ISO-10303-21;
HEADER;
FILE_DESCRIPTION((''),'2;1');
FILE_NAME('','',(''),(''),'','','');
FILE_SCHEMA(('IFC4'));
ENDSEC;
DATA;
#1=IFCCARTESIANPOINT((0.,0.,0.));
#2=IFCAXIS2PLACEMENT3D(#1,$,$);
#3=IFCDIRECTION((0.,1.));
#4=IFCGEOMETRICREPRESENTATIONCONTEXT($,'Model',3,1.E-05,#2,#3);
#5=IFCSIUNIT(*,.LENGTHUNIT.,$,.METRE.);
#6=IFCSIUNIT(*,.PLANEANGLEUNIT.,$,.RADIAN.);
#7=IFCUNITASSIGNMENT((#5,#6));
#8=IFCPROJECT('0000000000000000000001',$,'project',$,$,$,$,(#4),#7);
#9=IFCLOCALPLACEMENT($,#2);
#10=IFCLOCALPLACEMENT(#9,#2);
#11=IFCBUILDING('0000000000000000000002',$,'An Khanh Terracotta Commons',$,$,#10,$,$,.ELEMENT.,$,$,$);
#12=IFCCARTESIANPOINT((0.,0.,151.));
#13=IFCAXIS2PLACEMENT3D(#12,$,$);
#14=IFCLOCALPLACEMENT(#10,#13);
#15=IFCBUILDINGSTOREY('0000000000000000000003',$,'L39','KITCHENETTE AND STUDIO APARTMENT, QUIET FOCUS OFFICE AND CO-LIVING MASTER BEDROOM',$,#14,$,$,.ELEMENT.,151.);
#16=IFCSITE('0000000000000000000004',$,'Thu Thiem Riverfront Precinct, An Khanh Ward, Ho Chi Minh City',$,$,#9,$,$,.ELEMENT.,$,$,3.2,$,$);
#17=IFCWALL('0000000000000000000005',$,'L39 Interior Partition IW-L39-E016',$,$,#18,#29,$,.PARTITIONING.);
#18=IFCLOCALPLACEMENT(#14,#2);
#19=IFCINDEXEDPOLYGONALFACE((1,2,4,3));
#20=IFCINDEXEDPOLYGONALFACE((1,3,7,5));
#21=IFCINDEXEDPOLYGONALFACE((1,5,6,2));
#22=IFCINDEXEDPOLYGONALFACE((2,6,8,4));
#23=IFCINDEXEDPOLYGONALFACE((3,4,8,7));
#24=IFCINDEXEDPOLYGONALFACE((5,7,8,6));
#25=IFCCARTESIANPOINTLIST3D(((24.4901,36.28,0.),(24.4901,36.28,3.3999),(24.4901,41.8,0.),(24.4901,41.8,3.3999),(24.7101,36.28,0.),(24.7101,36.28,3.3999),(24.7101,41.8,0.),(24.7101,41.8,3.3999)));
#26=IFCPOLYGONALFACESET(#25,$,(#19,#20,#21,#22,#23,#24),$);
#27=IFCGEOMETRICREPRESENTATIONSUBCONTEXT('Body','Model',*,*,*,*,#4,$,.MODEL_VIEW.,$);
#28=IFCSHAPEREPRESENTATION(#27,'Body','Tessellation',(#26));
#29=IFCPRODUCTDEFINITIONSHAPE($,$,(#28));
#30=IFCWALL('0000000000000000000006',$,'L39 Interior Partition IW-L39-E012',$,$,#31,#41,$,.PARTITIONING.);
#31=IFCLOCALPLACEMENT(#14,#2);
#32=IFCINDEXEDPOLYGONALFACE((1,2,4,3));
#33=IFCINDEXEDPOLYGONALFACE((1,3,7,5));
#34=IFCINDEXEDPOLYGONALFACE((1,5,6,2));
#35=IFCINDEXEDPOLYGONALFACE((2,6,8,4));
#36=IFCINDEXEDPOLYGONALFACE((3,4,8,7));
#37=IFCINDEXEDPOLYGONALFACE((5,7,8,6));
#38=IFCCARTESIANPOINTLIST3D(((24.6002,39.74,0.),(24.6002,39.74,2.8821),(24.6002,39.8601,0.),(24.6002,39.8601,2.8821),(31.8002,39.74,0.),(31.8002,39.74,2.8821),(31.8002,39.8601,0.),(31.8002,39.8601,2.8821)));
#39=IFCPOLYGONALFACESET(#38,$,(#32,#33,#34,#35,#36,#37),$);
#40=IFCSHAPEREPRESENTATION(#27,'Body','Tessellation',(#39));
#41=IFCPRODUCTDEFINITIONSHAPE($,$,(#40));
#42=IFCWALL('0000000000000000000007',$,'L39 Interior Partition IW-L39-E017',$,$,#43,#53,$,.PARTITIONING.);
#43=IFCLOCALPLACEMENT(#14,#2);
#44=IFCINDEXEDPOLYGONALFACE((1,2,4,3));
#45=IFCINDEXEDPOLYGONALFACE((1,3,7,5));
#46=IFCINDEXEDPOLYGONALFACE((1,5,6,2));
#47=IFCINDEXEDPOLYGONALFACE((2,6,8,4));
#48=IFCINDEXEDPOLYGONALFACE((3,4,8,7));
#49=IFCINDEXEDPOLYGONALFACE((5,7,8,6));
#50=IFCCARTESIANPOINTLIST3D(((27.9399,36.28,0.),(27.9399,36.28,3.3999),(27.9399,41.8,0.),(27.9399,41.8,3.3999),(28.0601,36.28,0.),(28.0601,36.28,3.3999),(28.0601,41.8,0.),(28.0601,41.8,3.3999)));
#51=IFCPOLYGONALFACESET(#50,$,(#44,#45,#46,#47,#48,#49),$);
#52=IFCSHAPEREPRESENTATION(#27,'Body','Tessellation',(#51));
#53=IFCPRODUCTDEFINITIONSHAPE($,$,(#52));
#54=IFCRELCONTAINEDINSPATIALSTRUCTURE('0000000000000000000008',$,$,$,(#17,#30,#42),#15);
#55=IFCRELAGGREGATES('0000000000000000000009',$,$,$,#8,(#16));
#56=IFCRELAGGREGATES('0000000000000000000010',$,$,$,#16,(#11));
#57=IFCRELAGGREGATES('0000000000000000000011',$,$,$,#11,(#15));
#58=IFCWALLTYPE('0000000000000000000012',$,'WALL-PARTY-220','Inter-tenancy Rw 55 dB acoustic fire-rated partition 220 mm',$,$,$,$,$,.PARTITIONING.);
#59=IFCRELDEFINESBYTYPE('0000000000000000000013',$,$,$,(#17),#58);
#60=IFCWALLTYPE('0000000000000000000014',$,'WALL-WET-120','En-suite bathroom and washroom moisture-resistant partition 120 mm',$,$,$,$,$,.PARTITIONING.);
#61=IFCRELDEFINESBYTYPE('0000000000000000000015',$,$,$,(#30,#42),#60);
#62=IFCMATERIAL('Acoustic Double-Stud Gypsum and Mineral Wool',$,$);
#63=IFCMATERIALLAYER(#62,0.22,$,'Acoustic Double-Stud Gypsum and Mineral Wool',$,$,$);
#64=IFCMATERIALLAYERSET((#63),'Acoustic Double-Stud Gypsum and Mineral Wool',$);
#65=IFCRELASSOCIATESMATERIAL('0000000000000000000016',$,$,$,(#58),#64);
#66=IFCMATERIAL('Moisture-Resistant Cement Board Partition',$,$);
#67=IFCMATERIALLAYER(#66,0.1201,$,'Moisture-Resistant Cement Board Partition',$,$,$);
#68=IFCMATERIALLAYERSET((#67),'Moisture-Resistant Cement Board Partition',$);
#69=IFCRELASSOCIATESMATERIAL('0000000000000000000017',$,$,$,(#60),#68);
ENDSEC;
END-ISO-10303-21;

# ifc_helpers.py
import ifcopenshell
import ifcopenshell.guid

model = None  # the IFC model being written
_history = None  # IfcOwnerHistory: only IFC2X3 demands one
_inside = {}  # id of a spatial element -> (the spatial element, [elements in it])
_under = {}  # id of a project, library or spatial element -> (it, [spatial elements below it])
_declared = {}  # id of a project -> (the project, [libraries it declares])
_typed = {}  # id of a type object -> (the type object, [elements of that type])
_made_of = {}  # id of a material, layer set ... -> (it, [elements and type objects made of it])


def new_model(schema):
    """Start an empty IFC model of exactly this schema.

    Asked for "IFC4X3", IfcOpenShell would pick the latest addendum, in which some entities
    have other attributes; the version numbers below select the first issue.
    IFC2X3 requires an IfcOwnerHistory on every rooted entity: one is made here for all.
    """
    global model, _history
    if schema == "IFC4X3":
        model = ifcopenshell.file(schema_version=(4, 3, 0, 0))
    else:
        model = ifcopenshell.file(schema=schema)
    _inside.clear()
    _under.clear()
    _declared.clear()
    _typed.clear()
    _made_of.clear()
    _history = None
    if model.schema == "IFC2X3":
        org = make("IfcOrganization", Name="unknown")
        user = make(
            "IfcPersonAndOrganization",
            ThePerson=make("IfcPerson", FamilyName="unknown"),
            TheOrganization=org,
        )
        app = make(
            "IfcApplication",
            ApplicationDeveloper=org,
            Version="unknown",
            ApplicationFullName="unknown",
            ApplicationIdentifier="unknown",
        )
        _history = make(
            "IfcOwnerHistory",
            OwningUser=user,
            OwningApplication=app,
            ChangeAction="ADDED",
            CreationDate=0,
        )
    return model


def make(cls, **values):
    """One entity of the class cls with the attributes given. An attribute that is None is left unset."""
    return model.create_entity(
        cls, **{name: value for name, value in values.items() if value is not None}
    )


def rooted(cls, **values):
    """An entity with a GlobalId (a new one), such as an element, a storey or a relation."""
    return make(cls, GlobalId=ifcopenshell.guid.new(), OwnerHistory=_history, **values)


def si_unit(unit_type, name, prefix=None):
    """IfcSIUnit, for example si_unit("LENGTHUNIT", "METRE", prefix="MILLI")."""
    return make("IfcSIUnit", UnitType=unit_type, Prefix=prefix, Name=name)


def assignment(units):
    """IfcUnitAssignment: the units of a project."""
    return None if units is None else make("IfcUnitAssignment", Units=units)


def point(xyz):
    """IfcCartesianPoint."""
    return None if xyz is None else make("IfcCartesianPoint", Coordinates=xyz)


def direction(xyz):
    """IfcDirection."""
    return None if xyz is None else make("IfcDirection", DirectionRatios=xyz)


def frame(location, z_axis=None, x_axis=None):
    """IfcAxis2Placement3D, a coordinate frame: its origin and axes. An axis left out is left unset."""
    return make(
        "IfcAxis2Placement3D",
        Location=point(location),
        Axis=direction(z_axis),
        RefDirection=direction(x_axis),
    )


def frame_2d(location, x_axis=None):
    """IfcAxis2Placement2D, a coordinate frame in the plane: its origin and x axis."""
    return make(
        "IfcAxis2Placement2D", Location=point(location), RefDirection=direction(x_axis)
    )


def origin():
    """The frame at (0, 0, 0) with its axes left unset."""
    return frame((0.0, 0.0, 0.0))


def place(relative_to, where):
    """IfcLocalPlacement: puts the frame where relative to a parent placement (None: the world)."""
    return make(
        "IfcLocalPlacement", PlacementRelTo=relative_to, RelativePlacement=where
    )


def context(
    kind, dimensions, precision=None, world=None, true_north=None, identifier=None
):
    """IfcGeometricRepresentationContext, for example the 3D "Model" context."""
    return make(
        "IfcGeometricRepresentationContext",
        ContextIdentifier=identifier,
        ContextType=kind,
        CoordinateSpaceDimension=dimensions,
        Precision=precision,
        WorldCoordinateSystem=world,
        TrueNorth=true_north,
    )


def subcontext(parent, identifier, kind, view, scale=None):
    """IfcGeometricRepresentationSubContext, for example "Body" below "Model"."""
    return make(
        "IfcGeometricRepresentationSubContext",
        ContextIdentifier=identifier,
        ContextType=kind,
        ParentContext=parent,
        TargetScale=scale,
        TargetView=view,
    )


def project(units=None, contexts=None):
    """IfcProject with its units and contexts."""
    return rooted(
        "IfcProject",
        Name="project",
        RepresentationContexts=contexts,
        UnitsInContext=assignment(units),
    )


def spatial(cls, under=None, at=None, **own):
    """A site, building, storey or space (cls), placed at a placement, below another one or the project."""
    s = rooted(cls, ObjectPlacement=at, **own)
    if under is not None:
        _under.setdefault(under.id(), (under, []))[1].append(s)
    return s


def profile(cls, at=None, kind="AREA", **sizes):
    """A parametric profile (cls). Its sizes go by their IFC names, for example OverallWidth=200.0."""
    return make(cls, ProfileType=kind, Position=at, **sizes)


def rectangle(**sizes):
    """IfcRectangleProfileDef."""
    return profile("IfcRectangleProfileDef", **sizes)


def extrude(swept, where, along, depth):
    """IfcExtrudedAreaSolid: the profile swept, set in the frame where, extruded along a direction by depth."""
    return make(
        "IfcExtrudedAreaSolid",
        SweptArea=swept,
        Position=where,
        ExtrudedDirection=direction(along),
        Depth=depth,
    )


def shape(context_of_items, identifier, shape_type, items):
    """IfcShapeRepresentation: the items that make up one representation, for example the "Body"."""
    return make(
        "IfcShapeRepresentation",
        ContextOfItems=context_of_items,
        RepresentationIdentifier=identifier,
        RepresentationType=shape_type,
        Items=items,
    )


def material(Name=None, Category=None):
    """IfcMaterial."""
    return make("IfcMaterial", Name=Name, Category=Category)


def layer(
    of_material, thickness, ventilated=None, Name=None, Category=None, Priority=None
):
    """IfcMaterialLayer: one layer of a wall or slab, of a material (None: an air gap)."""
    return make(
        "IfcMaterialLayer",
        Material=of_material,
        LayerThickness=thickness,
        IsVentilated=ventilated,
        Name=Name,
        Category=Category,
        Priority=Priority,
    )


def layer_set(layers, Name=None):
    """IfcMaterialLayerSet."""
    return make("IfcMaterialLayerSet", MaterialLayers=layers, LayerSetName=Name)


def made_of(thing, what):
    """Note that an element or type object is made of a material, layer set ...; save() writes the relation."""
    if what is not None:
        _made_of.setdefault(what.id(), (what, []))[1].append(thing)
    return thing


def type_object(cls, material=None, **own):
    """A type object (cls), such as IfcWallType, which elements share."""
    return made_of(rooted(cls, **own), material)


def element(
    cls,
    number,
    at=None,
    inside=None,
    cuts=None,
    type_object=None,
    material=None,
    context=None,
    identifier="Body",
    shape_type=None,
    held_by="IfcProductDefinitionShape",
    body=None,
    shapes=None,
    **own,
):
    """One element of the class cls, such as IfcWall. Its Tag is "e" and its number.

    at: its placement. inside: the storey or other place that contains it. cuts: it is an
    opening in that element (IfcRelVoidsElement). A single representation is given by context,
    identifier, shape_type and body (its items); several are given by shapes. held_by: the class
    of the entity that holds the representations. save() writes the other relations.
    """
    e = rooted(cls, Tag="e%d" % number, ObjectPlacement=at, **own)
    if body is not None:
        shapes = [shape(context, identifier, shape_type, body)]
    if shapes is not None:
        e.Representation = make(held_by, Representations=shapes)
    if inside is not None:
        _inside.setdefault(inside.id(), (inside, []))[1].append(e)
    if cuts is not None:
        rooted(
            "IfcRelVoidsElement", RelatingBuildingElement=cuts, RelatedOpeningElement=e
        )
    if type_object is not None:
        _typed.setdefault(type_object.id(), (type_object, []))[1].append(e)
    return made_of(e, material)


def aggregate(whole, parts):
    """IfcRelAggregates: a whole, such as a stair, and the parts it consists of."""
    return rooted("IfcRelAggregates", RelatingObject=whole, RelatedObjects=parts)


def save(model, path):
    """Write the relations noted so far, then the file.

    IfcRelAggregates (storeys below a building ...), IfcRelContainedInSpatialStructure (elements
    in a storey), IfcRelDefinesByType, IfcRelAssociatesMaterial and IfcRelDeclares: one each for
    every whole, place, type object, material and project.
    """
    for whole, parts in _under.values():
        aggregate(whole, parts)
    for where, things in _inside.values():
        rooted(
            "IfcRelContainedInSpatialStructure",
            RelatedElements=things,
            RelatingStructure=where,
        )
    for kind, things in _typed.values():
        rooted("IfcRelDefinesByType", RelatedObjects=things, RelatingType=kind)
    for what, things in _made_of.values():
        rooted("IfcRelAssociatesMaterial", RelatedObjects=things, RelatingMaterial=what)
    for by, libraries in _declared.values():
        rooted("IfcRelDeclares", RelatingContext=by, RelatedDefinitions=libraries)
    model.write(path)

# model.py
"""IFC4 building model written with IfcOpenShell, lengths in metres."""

from ifc_helpers import new_model, si_unit, direction, frame, frame_2d, origin, place, context, subcontext, project, spatial, rectangle, extrude, material, layer, layer_set, type_object, element, save


model = new_model("IFC4")

# Units and contexts
model_context = context("Model", 3, precision=1e-05, world=origin(), true_north=direction((0.0, 1.0)))
body_context = subcontext(model_context, "Body", "Model", "MODEL_VIEW")
ifc_project = project(units=[si_unit("LENGTHUNIT", "METRE"), si_unit("PLANEANGLEUNIT", "RADIAN")], contexts=[model_context])

# Site, building, storey
site_placement = place(None, origin())
site = spatial("IfcSite", under=ifc_project, at=site_placement, Name="Thu Thiem Riverfront Precinct, An Khanh Ward, Ho Chi Minh City", CompositionType="ELEMENT", RefElevation=3.2)
building_placement = place(site_placement, origin())
building = spatial("IfcBuilding", under=site, at=building_placement, Name="An Khanh Terracotta Commons", CompositionType="ELEMENT")
storey_placement = place(building_placement, frame((0.0, 0.0, 151.0)))
storey = spatial("IfcBuildingStorey", under=building, at=storey_placement, Name="L39", Description="KITCHENETTE AND STUDIO APARTMENT, QUIET FOCUS OFFICE AND CO-LIVING MASTER BEDROOM", CompositionType="ELEMENT", Elevation=151.0)

# Shared definitions
ifc_material_1 = material(Name="Acoustic Double-Stud Gypsum and Mineral Wool")
ifc_layer_1 = layer(ifc_material_1, 0.22, Name="Acoustic Double-Stud Gypsum and Mineral Wool")
ifc_layer_set_1 = layer_set([ifc_layer_1], Name="Acoustic Double-Stud Gypsum and Mineral Wool")
wall_type_1 = type_object("IfcWallType", Name="WALL-PARTY-220", Description="Inter-tenancy Rw 55 dB acoustic fire-rated partition 220 mm", PredefinedType="PARTITIONING", material=ifc_layer_set_1)

# Walls
wall_1_placement = place(storey_placement, frame((24.6001, 36.28, 0.0), z_axis=(0.0, 0.0, 1.0), x_axis=(0.0, 1.0, 0.0)))
element("IfcWall", 1, at=wall_1_placement, inside=storey, type_object=wall_type_1, Name="L39 Interior Partition IW-L39-E016", PredefinedType="PARTITIONING", context=body_context, shape_type="SweptSolid", body=[
    extrude(rectangle(XDim=5.52, YDim=0.22, at=frame_2d((2.76, 0.0))), origin(), (0.0, 0.0, 1.0), 3.3999),
])
ifc_material_2 = material(Name="Moisture-Resistant Cement Board Partition")
ifc_layer_2 = layer(ifc_material_2, 0.1201, Name="Moisture-Resistant Cement Board Partition")
ifc_layer_set_2 = layer_set([ifc_layer_2], Name="Moisture-Resistant Cement Board Partition")
wall_type_2 = type_object("IfcWallType", Name="WALL-WET-120", Description="En-suite bathroom and washroom moisture-resistant partition 120 mm", PredefinedType="PARTITIONING", material=ifc_layer_set_2)
wall_2_placement = place(storey_placement, frame((24.6001, 39.8, 0.0), z_axis=(0.0, 0.0, 1.0), x_axis=(1.0, 0.0, 0.0)))
element("IfcWall", 2, at=wall_2_placement, inside=storey, type_object=wall_type_2, Name="L39 Interior Partition IW-L39-E012", PredefinedType="PARTITIONING", context=body_context, shape_type="SweptSolid", body=[
    extrude(rectangle(XDim=7.2, YDim=0.1201, at=frame_2d((3.6001, 0.0))), origin(), (0.0, 0.0, 1.0), 2.8821),
])
wall_3_placement = place(storey_placement, frame((28.0, 36.28, 0.0), z_axis=(0.0, 0.0, 1.0), x_axis=(0.0, 1.0, 0.0)))
element("IfcWall", 3, at=wall_3_placement, inside=storey, type_object=wall_type_2, Name="L39 Interior Partition IW-L39-E017", PredefinedType="PARTITIONING", context=body_context, shape_type="SweptSolid", body=[
    extrude(rectangle(XDim=5.52, YDim=0.1201, at=frame_2d((2.76, 0.0))), origin(), (0.0, 0.0, 1.0), 3.3999),
])

save(model, "model.ifc")
